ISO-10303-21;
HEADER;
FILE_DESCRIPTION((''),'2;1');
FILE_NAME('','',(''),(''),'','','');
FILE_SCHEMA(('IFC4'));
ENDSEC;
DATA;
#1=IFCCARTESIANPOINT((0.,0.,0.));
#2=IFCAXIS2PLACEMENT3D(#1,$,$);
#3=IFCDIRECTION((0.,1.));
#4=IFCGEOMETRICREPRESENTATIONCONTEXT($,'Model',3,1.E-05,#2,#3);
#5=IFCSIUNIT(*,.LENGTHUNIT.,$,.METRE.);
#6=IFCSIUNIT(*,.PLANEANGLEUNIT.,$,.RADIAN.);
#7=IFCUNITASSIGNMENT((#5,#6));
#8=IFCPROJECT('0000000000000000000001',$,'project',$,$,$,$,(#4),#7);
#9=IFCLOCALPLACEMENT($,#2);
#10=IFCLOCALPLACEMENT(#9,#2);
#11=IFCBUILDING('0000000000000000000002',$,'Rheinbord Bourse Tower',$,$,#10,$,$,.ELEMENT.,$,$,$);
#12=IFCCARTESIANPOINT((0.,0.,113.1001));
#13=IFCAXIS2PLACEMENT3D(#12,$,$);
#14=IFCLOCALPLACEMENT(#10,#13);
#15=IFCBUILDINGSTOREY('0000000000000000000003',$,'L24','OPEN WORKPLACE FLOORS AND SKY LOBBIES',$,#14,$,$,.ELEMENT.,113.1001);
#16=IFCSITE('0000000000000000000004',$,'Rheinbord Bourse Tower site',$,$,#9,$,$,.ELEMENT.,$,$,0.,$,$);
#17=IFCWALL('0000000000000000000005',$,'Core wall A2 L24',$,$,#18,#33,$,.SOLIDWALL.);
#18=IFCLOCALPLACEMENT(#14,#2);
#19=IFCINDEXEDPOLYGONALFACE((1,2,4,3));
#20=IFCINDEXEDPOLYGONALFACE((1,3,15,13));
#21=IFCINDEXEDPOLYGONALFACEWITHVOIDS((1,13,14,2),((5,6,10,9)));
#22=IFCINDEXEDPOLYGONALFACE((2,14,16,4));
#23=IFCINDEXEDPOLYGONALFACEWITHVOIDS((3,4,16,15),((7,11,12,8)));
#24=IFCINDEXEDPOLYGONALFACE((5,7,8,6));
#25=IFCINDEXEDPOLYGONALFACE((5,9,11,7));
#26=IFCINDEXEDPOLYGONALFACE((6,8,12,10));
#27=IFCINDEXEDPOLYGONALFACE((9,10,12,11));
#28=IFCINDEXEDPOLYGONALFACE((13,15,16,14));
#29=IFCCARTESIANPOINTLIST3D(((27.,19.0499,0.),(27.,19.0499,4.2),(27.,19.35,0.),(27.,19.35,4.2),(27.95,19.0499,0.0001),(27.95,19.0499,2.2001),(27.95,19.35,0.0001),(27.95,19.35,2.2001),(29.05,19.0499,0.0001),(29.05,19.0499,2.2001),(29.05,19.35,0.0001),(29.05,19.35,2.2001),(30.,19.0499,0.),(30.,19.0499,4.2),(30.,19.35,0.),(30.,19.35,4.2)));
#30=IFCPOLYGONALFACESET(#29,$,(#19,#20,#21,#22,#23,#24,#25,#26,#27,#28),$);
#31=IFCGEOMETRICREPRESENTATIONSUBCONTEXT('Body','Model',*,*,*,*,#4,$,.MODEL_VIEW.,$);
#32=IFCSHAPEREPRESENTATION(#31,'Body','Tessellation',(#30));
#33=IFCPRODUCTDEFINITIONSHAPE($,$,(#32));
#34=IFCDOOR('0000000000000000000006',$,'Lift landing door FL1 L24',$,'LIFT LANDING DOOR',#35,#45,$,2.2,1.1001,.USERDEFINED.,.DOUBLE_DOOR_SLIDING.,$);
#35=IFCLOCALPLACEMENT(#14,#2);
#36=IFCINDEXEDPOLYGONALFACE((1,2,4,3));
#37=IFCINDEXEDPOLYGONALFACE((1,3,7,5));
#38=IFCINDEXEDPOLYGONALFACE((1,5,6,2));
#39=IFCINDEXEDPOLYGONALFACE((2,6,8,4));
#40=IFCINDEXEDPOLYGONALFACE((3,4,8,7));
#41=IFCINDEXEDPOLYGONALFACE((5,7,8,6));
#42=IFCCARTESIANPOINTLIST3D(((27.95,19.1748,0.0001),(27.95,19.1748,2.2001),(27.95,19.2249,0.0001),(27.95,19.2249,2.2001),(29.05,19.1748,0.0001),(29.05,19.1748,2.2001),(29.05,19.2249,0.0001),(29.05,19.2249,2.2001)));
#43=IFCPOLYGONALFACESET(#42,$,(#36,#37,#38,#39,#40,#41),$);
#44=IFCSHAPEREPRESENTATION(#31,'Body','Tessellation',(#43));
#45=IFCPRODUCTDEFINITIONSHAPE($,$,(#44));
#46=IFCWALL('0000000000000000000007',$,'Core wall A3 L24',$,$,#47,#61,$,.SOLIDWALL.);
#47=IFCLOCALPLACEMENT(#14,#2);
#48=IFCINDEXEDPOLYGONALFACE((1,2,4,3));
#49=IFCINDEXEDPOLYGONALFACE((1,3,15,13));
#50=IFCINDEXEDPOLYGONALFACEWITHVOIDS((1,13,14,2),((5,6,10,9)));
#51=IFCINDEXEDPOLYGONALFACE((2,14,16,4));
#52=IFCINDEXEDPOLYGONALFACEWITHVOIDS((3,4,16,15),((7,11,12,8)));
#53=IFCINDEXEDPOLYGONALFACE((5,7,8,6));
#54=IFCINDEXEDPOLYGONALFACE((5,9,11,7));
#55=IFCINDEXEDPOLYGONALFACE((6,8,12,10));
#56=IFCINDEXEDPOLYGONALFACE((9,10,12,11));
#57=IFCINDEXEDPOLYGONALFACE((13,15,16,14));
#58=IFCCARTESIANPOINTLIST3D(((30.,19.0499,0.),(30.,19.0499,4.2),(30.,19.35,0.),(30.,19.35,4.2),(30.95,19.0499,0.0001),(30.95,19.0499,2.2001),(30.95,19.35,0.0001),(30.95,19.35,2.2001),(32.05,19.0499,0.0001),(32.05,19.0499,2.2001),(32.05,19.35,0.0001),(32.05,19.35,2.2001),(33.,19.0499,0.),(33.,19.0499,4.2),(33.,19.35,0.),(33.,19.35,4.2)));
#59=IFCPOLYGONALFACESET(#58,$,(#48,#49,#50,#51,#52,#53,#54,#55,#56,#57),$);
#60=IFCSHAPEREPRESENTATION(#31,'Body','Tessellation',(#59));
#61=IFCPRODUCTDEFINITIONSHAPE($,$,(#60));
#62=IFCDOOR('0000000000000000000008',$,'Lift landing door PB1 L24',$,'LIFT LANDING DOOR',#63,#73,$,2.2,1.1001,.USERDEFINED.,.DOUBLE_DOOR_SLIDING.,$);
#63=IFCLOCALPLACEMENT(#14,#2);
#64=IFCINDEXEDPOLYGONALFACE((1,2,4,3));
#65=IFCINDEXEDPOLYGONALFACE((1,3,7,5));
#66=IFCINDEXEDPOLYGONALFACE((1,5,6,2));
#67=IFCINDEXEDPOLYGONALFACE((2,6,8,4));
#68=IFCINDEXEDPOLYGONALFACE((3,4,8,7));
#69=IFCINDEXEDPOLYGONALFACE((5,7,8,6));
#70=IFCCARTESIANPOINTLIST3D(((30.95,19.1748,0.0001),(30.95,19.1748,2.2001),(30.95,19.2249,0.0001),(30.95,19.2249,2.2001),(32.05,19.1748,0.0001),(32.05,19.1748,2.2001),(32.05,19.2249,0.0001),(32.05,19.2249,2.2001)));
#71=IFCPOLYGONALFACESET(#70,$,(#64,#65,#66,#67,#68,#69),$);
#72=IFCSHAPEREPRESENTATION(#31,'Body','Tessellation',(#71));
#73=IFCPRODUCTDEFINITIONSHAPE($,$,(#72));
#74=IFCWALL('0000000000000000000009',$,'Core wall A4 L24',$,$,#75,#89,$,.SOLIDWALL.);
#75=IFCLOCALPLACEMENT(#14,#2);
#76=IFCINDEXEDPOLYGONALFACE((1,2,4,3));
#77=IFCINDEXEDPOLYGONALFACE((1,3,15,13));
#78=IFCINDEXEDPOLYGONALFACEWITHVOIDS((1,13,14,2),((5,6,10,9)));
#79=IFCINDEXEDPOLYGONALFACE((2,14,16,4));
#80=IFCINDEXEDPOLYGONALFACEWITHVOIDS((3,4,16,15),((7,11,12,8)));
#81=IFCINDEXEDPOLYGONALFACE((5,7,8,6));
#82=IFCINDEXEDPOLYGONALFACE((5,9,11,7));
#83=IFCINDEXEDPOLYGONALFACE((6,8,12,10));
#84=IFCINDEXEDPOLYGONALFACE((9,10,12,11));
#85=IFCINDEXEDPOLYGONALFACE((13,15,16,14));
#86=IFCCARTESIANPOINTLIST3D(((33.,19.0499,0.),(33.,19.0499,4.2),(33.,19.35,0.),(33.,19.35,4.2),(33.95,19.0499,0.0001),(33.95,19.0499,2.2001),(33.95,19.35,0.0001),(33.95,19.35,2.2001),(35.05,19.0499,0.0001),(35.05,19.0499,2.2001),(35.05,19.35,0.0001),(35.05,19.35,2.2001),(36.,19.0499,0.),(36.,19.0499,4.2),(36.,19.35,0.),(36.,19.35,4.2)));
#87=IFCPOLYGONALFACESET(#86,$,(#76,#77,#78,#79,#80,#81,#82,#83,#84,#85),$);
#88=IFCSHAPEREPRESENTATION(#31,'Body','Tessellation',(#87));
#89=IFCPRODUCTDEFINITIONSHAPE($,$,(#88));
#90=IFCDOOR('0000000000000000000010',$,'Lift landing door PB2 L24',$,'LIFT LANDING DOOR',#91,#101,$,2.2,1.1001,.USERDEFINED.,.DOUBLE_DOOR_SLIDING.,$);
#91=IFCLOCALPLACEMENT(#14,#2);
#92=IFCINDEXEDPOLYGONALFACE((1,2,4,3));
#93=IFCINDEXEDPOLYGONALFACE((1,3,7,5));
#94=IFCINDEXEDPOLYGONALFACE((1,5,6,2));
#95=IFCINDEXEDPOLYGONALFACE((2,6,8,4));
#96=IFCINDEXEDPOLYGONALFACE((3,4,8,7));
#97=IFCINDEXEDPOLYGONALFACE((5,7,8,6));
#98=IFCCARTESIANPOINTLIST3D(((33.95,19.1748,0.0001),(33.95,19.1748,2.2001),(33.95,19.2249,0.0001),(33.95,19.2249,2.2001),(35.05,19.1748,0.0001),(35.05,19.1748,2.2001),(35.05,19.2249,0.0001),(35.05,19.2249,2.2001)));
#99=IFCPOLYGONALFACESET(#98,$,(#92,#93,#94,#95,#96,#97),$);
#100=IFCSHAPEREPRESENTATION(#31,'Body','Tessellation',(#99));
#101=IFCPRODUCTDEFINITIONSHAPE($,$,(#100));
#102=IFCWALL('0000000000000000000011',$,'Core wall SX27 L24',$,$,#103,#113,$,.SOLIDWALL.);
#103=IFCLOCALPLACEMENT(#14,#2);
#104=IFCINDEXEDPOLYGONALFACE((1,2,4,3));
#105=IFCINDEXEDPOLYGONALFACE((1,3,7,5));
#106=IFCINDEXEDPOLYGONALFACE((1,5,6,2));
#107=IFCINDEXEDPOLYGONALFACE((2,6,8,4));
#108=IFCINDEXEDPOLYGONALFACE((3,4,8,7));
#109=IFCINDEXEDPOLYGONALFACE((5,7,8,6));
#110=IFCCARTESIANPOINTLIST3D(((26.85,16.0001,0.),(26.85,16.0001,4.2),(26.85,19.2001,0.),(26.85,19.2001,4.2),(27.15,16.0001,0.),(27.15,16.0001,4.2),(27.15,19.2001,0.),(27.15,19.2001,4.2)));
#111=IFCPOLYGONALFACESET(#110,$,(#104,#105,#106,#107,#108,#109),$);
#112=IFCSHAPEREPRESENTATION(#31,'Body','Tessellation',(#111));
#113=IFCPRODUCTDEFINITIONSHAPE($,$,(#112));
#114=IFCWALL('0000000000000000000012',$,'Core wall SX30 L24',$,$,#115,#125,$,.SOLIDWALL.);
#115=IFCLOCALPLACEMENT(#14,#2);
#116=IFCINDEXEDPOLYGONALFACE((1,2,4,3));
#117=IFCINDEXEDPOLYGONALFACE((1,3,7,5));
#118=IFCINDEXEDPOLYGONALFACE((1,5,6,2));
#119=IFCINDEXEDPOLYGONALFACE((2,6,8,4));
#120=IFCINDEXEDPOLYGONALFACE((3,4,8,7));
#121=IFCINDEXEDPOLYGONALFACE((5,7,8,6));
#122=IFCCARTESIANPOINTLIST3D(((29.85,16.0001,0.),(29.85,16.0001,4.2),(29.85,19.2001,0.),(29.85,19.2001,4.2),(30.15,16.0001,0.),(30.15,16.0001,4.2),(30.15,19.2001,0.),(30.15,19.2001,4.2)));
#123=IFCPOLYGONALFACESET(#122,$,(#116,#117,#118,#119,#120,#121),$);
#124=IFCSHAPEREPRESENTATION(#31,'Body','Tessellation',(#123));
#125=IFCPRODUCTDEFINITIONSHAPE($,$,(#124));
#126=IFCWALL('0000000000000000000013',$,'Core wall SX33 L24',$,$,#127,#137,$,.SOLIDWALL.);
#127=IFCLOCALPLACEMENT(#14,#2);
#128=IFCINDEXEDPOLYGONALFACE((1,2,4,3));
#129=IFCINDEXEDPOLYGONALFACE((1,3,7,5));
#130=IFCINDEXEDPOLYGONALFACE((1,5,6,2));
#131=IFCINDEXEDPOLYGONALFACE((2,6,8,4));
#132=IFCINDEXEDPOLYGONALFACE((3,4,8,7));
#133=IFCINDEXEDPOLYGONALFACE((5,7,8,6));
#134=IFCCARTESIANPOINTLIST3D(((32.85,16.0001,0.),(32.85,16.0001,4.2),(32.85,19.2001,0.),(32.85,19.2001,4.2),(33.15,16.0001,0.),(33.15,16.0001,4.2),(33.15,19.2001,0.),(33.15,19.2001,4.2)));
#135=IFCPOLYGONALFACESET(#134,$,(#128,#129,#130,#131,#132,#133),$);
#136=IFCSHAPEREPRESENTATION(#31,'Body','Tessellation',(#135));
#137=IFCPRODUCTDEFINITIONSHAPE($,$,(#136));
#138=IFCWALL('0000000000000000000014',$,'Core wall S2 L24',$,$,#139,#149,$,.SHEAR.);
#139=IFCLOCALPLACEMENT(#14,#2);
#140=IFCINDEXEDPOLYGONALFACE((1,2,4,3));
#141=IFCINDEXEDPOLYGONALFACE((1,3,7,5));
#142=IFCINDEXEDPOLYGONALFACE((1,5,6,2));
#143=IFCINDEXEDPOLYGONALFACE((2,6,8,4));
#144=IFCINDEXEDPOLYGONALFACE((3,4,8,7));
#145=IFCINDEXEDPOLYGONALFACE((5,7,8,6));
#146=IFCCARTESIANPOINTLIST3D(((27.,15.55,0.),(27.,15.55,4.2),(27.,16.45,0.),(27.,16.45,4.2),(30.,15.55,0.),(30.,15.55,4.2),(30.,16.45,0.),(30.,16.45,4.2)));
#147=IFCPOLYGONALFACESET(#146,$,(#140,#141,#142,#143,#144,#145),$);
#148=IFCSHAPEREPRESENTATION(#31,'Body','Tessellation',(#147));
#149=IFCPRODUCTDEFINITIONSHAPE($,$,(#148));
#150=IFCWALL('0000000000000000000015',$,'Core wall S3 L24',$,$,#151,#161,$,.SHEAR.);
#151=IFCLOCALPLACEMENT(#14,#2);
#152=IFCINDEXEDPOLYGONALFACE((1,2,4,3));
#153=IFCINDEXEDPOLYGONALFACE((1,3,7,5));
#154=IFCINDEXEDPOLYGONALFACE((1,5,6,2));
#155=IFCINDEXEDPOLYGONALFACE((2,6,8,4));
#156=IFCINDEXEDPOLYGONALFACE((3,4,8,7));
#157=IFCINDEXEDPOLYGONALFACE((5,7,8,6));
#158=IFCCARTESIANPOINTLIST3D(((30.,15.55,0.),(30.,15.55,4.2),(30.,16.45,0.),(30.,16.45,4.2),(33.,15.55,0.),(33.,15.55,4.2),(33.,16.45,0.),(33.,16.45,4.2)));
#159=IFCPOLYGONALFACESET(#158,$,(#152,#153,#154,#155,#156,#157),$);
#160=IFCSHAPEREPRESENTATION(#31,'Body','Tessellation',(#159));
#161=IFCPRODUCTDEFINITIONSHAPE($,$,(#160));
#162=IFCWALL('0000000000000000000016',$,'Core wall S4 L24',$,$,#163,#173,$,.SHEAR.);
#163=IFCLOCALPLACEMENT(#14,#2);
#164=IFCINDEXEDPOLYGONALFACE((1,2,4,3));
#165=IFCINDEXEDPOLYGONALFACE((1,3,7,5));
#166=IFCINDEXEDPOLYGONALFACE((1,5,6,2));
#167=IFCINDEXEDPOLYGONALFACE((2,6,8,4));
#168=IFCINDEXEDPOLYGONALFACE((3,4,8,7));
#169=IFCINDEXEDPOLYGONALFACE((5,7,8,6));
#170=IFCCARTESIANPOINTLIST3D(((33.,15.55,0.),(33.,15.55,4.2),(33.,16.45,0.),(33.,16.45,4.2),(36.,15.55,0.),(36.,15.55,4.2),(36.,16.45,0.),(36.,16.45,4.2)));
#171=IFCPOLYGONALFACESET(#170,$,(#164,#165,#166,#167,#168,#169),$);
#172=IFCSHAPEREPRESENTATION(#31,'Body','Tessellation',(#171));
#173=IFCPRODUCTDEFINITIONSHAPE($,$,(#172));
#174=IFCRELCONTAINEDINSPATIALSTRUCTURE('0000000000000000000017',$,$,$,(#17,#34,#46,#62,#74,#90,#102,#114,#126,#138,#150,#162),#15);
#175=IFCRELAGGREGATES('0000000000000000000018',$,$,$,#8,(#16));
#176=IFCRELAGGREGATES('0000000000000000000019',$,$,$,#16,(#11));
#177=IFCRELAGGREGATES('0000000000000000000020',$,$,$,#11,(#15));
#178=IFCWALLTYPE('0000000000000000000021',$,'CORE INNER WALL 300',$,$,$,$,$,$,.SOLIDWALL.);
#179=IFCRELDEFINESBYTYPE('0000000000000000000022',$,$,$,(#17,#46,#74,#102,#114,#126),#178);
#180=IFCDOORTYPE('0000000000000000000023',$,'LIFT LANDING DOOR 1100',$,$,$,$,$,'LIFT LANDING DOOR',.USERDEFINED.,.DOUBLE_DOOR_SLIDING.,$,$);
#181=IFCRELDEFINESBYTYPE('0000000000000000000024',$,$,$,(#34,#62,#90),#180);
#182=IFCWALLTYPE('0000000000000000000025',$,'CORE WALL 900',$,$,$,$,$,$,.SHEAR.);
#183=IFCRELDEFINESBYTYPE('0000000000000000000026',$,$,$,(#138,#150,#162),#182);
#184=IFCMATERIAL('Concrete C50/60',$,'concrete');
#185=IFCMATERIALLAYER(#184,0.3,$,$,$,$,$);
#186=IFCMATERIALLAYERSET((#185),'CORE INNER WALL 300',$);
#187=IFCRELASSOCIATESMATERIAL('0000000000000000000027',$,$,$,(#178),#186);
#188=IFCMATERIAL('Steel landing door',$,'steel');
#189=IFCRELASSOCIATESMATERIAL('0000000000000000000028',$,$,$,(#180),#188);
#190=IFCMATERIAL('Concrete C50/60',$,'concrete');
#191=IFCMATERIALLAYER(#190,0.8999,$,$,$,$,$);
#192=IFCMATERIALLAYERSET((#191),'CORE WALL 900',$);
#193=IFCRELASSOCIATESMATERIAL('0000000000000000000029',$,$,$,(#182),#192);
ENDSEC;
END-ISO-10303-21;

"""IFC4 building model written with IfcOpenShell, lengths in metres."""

from ifc_helpers import new_model, si_unit, direction, frame, frame_2d, origin, place, context, subcontext, project, spatial, rectangle, extrude, material, layer, layer_set, type_object, element, fill, save


model = new_model("IFC4")

# Units and contexts
model_context = context("Model", 3, precision=1e-05, world=origin(), true_north=direction((0.0, 1.0)))
body_context = subcontext(model_context, "Body", "Model", "MODEL_VIEW")
ifc_project = project(units=[si_unit("LENGTHUNIT", "METRE"), si_unit("PLANEANGLEUNIT", "RADIAN")], contexts=[model_context])

# Site, building, storey
site_placement = place(None, origin())
site = spatial("IfcSite", under=ifc_project, at=site_placement, Name="Rheinbord Bourse Tower site", CompositionType="ELEMENT", RefElevation=0.0)
building_placement = place(site_placement, origin())
building = spatial("IfcBuilding", under=site, at=building_placement, Name="Rheinbord Bourse Tower", CompositionType="ELEMENT")
storey_placement = place(building_placement, frame((0.0, 0.0, 113.1001)))
storey = spatial("IfcBuildingStorey", under=building, at=storey_placement, Name="L24", Description="OPEN WORKPLACE FLOORS AND SKY LOBBIES", CompositionType="ELEMENT", Elevation=113.1001)

# Walls, openings, doors
ifc_material_1 = material(Name="Concrete C50/60", Category="concrete")
ifc_layer_1 = layer(ifc_material_1, 0.3)
ifc_layer_set_1 = layer_set([ifc_layer_1], Name="CORE INNER WALL 300")
wall_type_1 = type_object("IfcWallType", Name="CORE INNER WALL 300", PredefinedType="SOLIDWALL", material=ifc_layer_set_1)
wall_1_placement = place(storey_placement, frame((27.0, 19.2, 0.0), z_axis=(0.0, 0.0, 1.0), x_axis=(1.0, 0.0, 0.0)))
wall_1 = element("IfcWall", 1, at=wall_1_placement, inside=storey, type_object=wall_type_1, Name="Core wall A2 L24", PredefinedType="SOLIDWALL", context=body_context, shape_type="SweptSolid", body=[
    extrude(rectangle(XDim=3.0, YDim=0.3, at=frame_2d((1.5, 0.0))), origin(), (0.0, 0.0, 1.0), 4.2),
])
opening_1_placement = place(wall_1_placement, frame((0.95, 0.0, 0.0)))
opening_1 = element("IfcOpeningElement", 2, at=opening_1_placement, cuts=wall_1, PredefinedType="OPENING", context=body_context, shape_type="SweptSolid", body=[
    extrude(rectangle(XDim=1.1001, YDim=2.2, at=frame_2d((0.55, 1.1001))), frame((0.0, 0.1599, 0.0), z_axis=(0.0, -1.0, 0.0), x_axis=(1.0, 0.0, 0.0)), (0.0, 0.0, 1.0), 0.3201),
])
ifc_material_2 = material(Name="Steel landing door", Category="steel")
door_type_1 = type_object("IfcDoorType", Name="LIFT LANDING DOOR 1100", ElementType="LIFT LANDING DOOR", OperationType="DOUBLE_DOOR_SLIDING", PredefinedType="USERDEFINED", material=ifc_material_2)
door_1_placement = place(opening_1_placement, origin())
door_1 = element("IfcDoor", 3, at=door_1_placement, inside=storey, type_object=door_type_1, Name="Lift landing door FL1 L24", ObjectType="LIFT LANDING DOOR", OperationType="DOUBLE_DOOR_SLIDING", OverallHeight=2.2, OverallWidth=1.1001, PredefinedType="USERDEFINED", context=body_context, shape_type="SweptSolid", body=[
    extrude(rectangle(XDim=1.1001, YDim=2.2, at=frame_2d((0.55, 1.1001))), frame((0.0, 0.0249, 0.0), z_axis=(0.0, -1.0, 0.0), x_axis=(1.0, 0.0, 0.0)), (0.0, 0.0, 1.0), 0.05),
])
fill(opening_1, door_1)
wall_2_placement = place(storey_placement, frame((30.0, 19.2, 0.0), z_axis=(0.0, 0.0, 1.0), x_axis=(1.0, 0.0, 0.0)))
wall_2 = element("IfcWall", 4, at=wall_2_placement, inside=storey, type_object=wall_type_1, Name="Core wall A3 L24", PredefinedType="SOLIDWALL", context=body_context, shape_type="SweptSolid", body=[
    extrude(rectangle(XDim=3.0, YDim=0.3, at=frame_2d((1.5, 0.0))), origin(), (0.0, 0.0, 1.0), 4.2),
])
opening_2_placement = place(wall_2_placement, frame((0.95, 0.0, 0.0)))
opening_2 = element("IfcOpeningElement", 5, at=opening_2_placement, cuts=wall_2, PredefinedType="OPENING", context=body_context, shape_type="SweptSolid", body=[
    extrude(rectangle(XDim=1.1001, YDim=2.2, at=frame_2d((0.55, 1.1001))), frame((0.0, 0.1599, 0.0), z_axis=(0.0, -1.0, 0.0), x_axis=(1.0, 0.0, 0.0)), (0.0, 0.0, 1.0), 0.3201),
])
door_2_placement = place(opening_2_placement, origin())
door_2 = element("IfcDoor", 6, at=door_2_placement, inside=storey, type_object=door_type_1, Name="Lift landing door PB1 L24", ObjectType="LIFT LANDING DOOR", OperationType="DOUBLE_DOOR_SLIDING", OverallHeight=2.2, OverallWidth=1.1001, PredefinedType="USERDEFINED", context=body_context, shape_type="SweptSolid", body=[
    extrude(rectangle(XDim=1.1001, YDim=2.2, at=frame_2d((0.55, 1.1001))), frame((0.0, 0.0249, 0.0), z_axis=(0.0, -1.0, 0.0), x_axis=(1.0, 0.0, 0.0)), (0.0, 0.0, 1.0), 0.05),
])
fill(opening_2, door_2)
wall_3_placement = place(storey_placement, frame((33.0, 19.2, 0.0), z_axis=(0.0, 0.0, 1.0), x_axis=(1.0, 0.0, 0.0)))
wall_3 = element("IfcWall", 7, at=wall_3_placement, inside=storey, type_object=wall_type_1, Name="Core wall A4 L24", PredefinedType="SOLIDWALL", context=body_context, shape_type="SweptSolid", body=[
    extrude(rectangle(XDim=3.0, YDim=0.3, at=frame_2d((1.5, 0.0))), origin(), (0.0, 0.0, 1.0), 4.2),
])
opening_3_placement = place(wall_3_placement, frame((0.95, 0.0, 0.0)))
opening_3 = element("IfcOpeningElement", 8, at=opening_3_placement, cuts=wall_3, PredefinedType="OPENING", context=body_context, shape_type="SweptSolid", body=[
    extrude(rectangle(XDim=1.1001, YDim=2.2, at=frame_2d((0.55, 1.1001))), frame((0.0, 0.1599, 0.0), z_axis=(0.0, -1.0, 0.0), x_axis=(1.0, 0.0, 0.0)), (0.0, 0.0, 1.0), 0.3201),
])
door_3_placement = place(opening_3_placement, origin())
door_3 = element("IfcDoor", 9, at=door_3_placement, inside=storey, type_object=door_type_1, Name="Lift landing door PB2 L24", ObjectType="LIFT LANDING DOOR", OperationType="DOUBLE_DOOR_SLIDING", OverallHeight=2.2, OverallWidth=1.1001, PredefinedType="USERDEFINED", context=body_context, shape_type="SweptSolid", body=[
    extrude(rectangle(XDim=1.1001, YDim=2.2, at=frame_2d((0.55, 1.1001))), frame((0.0, 0.0249, 0.0), z_axis=(0.0, -1.0, 0.0), x_axis=(1.0, 0.0, 0.0)), (0.0, 0.0, 1.0), 0.05),
])
fill(opening_3, door_3)

# Walls
for number, where, z_axis, x_axis, name in (
    (10, (27.0, 16.0, 0.0), (0.0, 0.0, 1.0), (0.0, 1.0, 0.0), "Core wall SX27 L24"),
    (11, (30.0, 16.0, 0.0), (0.0, 0.0, 1.0), (0.0, 1.0, 0.0), "Core wall SX30 L24"),
    (12, (33.0, 16.0, 0.0), (0.0, 0.0, 1.0), (0.0, 1.0, 0.0), "Core wall SX33 L24"),
):
    element("IfcWall", number, at=place(storey_placement, frame(where, z_axis=z_axis, x_axis=x_axis)), inside=storey, type_object=wall_type_1, Name=name, PredefinedType="SOLIDWALL", context=body_context, shape_type="SweptSolid", body=[
        extrude(rectangle(XDim=3.2, YDim=0.3, at=frame_2d((1.6001, 0.0))), origin(), (0.0, 0.0, 1.0), 4.2),
    ])
ifc_material_3 = material(Name="Concrete C50/60", Category="concrete")
ifc_layer_2 = layer(ifc_material_3, 0.8999)
ifc_layer_set_2 = layer_set([ifc_layer_2], Name="CORE WALL 900")
wall_type_2 = type_object("IfcWallType", Name="CORE WALL 900", PredefinedType="SHEAR", material=ifc_layer_set_2)
for number, where, z_axis, x_axis, name in (
    (13, (27.0, 16.0, 0.0), (0.0, 0.0, 1.0), (1.0, 0.0, 0.0), "Core wall S2 L24"),
    (14, (30.0, 16.0, 0.0), (0.0, 0.0, 1.0), (1.0, 0.0, 0.0), "Core wall S3 L24"),
    (15, (33.0, 16.0, 0.0), (0.0, 0.0, 1.0), (1.0, 0.0, 0.0), "Core wall S4 L24"),
):
    element("IfcWall", number, at=place(storey_placement, frame(where, z_axis=z_axis, x_axis=x_axis)), inside=storey, type_object=wall_type_2, Name=name, PredefinedType="SHEAR", context=body_context, shape_type="SweptSolid", body=[
        extrude(rectangle(XDim=3.0, YDim=0.8999, at=frame_2d((1.5, 0.0))), origin(), (0.0, 0.0, 1.0), 4.2),
    ])

save(model, "model.ifc")
